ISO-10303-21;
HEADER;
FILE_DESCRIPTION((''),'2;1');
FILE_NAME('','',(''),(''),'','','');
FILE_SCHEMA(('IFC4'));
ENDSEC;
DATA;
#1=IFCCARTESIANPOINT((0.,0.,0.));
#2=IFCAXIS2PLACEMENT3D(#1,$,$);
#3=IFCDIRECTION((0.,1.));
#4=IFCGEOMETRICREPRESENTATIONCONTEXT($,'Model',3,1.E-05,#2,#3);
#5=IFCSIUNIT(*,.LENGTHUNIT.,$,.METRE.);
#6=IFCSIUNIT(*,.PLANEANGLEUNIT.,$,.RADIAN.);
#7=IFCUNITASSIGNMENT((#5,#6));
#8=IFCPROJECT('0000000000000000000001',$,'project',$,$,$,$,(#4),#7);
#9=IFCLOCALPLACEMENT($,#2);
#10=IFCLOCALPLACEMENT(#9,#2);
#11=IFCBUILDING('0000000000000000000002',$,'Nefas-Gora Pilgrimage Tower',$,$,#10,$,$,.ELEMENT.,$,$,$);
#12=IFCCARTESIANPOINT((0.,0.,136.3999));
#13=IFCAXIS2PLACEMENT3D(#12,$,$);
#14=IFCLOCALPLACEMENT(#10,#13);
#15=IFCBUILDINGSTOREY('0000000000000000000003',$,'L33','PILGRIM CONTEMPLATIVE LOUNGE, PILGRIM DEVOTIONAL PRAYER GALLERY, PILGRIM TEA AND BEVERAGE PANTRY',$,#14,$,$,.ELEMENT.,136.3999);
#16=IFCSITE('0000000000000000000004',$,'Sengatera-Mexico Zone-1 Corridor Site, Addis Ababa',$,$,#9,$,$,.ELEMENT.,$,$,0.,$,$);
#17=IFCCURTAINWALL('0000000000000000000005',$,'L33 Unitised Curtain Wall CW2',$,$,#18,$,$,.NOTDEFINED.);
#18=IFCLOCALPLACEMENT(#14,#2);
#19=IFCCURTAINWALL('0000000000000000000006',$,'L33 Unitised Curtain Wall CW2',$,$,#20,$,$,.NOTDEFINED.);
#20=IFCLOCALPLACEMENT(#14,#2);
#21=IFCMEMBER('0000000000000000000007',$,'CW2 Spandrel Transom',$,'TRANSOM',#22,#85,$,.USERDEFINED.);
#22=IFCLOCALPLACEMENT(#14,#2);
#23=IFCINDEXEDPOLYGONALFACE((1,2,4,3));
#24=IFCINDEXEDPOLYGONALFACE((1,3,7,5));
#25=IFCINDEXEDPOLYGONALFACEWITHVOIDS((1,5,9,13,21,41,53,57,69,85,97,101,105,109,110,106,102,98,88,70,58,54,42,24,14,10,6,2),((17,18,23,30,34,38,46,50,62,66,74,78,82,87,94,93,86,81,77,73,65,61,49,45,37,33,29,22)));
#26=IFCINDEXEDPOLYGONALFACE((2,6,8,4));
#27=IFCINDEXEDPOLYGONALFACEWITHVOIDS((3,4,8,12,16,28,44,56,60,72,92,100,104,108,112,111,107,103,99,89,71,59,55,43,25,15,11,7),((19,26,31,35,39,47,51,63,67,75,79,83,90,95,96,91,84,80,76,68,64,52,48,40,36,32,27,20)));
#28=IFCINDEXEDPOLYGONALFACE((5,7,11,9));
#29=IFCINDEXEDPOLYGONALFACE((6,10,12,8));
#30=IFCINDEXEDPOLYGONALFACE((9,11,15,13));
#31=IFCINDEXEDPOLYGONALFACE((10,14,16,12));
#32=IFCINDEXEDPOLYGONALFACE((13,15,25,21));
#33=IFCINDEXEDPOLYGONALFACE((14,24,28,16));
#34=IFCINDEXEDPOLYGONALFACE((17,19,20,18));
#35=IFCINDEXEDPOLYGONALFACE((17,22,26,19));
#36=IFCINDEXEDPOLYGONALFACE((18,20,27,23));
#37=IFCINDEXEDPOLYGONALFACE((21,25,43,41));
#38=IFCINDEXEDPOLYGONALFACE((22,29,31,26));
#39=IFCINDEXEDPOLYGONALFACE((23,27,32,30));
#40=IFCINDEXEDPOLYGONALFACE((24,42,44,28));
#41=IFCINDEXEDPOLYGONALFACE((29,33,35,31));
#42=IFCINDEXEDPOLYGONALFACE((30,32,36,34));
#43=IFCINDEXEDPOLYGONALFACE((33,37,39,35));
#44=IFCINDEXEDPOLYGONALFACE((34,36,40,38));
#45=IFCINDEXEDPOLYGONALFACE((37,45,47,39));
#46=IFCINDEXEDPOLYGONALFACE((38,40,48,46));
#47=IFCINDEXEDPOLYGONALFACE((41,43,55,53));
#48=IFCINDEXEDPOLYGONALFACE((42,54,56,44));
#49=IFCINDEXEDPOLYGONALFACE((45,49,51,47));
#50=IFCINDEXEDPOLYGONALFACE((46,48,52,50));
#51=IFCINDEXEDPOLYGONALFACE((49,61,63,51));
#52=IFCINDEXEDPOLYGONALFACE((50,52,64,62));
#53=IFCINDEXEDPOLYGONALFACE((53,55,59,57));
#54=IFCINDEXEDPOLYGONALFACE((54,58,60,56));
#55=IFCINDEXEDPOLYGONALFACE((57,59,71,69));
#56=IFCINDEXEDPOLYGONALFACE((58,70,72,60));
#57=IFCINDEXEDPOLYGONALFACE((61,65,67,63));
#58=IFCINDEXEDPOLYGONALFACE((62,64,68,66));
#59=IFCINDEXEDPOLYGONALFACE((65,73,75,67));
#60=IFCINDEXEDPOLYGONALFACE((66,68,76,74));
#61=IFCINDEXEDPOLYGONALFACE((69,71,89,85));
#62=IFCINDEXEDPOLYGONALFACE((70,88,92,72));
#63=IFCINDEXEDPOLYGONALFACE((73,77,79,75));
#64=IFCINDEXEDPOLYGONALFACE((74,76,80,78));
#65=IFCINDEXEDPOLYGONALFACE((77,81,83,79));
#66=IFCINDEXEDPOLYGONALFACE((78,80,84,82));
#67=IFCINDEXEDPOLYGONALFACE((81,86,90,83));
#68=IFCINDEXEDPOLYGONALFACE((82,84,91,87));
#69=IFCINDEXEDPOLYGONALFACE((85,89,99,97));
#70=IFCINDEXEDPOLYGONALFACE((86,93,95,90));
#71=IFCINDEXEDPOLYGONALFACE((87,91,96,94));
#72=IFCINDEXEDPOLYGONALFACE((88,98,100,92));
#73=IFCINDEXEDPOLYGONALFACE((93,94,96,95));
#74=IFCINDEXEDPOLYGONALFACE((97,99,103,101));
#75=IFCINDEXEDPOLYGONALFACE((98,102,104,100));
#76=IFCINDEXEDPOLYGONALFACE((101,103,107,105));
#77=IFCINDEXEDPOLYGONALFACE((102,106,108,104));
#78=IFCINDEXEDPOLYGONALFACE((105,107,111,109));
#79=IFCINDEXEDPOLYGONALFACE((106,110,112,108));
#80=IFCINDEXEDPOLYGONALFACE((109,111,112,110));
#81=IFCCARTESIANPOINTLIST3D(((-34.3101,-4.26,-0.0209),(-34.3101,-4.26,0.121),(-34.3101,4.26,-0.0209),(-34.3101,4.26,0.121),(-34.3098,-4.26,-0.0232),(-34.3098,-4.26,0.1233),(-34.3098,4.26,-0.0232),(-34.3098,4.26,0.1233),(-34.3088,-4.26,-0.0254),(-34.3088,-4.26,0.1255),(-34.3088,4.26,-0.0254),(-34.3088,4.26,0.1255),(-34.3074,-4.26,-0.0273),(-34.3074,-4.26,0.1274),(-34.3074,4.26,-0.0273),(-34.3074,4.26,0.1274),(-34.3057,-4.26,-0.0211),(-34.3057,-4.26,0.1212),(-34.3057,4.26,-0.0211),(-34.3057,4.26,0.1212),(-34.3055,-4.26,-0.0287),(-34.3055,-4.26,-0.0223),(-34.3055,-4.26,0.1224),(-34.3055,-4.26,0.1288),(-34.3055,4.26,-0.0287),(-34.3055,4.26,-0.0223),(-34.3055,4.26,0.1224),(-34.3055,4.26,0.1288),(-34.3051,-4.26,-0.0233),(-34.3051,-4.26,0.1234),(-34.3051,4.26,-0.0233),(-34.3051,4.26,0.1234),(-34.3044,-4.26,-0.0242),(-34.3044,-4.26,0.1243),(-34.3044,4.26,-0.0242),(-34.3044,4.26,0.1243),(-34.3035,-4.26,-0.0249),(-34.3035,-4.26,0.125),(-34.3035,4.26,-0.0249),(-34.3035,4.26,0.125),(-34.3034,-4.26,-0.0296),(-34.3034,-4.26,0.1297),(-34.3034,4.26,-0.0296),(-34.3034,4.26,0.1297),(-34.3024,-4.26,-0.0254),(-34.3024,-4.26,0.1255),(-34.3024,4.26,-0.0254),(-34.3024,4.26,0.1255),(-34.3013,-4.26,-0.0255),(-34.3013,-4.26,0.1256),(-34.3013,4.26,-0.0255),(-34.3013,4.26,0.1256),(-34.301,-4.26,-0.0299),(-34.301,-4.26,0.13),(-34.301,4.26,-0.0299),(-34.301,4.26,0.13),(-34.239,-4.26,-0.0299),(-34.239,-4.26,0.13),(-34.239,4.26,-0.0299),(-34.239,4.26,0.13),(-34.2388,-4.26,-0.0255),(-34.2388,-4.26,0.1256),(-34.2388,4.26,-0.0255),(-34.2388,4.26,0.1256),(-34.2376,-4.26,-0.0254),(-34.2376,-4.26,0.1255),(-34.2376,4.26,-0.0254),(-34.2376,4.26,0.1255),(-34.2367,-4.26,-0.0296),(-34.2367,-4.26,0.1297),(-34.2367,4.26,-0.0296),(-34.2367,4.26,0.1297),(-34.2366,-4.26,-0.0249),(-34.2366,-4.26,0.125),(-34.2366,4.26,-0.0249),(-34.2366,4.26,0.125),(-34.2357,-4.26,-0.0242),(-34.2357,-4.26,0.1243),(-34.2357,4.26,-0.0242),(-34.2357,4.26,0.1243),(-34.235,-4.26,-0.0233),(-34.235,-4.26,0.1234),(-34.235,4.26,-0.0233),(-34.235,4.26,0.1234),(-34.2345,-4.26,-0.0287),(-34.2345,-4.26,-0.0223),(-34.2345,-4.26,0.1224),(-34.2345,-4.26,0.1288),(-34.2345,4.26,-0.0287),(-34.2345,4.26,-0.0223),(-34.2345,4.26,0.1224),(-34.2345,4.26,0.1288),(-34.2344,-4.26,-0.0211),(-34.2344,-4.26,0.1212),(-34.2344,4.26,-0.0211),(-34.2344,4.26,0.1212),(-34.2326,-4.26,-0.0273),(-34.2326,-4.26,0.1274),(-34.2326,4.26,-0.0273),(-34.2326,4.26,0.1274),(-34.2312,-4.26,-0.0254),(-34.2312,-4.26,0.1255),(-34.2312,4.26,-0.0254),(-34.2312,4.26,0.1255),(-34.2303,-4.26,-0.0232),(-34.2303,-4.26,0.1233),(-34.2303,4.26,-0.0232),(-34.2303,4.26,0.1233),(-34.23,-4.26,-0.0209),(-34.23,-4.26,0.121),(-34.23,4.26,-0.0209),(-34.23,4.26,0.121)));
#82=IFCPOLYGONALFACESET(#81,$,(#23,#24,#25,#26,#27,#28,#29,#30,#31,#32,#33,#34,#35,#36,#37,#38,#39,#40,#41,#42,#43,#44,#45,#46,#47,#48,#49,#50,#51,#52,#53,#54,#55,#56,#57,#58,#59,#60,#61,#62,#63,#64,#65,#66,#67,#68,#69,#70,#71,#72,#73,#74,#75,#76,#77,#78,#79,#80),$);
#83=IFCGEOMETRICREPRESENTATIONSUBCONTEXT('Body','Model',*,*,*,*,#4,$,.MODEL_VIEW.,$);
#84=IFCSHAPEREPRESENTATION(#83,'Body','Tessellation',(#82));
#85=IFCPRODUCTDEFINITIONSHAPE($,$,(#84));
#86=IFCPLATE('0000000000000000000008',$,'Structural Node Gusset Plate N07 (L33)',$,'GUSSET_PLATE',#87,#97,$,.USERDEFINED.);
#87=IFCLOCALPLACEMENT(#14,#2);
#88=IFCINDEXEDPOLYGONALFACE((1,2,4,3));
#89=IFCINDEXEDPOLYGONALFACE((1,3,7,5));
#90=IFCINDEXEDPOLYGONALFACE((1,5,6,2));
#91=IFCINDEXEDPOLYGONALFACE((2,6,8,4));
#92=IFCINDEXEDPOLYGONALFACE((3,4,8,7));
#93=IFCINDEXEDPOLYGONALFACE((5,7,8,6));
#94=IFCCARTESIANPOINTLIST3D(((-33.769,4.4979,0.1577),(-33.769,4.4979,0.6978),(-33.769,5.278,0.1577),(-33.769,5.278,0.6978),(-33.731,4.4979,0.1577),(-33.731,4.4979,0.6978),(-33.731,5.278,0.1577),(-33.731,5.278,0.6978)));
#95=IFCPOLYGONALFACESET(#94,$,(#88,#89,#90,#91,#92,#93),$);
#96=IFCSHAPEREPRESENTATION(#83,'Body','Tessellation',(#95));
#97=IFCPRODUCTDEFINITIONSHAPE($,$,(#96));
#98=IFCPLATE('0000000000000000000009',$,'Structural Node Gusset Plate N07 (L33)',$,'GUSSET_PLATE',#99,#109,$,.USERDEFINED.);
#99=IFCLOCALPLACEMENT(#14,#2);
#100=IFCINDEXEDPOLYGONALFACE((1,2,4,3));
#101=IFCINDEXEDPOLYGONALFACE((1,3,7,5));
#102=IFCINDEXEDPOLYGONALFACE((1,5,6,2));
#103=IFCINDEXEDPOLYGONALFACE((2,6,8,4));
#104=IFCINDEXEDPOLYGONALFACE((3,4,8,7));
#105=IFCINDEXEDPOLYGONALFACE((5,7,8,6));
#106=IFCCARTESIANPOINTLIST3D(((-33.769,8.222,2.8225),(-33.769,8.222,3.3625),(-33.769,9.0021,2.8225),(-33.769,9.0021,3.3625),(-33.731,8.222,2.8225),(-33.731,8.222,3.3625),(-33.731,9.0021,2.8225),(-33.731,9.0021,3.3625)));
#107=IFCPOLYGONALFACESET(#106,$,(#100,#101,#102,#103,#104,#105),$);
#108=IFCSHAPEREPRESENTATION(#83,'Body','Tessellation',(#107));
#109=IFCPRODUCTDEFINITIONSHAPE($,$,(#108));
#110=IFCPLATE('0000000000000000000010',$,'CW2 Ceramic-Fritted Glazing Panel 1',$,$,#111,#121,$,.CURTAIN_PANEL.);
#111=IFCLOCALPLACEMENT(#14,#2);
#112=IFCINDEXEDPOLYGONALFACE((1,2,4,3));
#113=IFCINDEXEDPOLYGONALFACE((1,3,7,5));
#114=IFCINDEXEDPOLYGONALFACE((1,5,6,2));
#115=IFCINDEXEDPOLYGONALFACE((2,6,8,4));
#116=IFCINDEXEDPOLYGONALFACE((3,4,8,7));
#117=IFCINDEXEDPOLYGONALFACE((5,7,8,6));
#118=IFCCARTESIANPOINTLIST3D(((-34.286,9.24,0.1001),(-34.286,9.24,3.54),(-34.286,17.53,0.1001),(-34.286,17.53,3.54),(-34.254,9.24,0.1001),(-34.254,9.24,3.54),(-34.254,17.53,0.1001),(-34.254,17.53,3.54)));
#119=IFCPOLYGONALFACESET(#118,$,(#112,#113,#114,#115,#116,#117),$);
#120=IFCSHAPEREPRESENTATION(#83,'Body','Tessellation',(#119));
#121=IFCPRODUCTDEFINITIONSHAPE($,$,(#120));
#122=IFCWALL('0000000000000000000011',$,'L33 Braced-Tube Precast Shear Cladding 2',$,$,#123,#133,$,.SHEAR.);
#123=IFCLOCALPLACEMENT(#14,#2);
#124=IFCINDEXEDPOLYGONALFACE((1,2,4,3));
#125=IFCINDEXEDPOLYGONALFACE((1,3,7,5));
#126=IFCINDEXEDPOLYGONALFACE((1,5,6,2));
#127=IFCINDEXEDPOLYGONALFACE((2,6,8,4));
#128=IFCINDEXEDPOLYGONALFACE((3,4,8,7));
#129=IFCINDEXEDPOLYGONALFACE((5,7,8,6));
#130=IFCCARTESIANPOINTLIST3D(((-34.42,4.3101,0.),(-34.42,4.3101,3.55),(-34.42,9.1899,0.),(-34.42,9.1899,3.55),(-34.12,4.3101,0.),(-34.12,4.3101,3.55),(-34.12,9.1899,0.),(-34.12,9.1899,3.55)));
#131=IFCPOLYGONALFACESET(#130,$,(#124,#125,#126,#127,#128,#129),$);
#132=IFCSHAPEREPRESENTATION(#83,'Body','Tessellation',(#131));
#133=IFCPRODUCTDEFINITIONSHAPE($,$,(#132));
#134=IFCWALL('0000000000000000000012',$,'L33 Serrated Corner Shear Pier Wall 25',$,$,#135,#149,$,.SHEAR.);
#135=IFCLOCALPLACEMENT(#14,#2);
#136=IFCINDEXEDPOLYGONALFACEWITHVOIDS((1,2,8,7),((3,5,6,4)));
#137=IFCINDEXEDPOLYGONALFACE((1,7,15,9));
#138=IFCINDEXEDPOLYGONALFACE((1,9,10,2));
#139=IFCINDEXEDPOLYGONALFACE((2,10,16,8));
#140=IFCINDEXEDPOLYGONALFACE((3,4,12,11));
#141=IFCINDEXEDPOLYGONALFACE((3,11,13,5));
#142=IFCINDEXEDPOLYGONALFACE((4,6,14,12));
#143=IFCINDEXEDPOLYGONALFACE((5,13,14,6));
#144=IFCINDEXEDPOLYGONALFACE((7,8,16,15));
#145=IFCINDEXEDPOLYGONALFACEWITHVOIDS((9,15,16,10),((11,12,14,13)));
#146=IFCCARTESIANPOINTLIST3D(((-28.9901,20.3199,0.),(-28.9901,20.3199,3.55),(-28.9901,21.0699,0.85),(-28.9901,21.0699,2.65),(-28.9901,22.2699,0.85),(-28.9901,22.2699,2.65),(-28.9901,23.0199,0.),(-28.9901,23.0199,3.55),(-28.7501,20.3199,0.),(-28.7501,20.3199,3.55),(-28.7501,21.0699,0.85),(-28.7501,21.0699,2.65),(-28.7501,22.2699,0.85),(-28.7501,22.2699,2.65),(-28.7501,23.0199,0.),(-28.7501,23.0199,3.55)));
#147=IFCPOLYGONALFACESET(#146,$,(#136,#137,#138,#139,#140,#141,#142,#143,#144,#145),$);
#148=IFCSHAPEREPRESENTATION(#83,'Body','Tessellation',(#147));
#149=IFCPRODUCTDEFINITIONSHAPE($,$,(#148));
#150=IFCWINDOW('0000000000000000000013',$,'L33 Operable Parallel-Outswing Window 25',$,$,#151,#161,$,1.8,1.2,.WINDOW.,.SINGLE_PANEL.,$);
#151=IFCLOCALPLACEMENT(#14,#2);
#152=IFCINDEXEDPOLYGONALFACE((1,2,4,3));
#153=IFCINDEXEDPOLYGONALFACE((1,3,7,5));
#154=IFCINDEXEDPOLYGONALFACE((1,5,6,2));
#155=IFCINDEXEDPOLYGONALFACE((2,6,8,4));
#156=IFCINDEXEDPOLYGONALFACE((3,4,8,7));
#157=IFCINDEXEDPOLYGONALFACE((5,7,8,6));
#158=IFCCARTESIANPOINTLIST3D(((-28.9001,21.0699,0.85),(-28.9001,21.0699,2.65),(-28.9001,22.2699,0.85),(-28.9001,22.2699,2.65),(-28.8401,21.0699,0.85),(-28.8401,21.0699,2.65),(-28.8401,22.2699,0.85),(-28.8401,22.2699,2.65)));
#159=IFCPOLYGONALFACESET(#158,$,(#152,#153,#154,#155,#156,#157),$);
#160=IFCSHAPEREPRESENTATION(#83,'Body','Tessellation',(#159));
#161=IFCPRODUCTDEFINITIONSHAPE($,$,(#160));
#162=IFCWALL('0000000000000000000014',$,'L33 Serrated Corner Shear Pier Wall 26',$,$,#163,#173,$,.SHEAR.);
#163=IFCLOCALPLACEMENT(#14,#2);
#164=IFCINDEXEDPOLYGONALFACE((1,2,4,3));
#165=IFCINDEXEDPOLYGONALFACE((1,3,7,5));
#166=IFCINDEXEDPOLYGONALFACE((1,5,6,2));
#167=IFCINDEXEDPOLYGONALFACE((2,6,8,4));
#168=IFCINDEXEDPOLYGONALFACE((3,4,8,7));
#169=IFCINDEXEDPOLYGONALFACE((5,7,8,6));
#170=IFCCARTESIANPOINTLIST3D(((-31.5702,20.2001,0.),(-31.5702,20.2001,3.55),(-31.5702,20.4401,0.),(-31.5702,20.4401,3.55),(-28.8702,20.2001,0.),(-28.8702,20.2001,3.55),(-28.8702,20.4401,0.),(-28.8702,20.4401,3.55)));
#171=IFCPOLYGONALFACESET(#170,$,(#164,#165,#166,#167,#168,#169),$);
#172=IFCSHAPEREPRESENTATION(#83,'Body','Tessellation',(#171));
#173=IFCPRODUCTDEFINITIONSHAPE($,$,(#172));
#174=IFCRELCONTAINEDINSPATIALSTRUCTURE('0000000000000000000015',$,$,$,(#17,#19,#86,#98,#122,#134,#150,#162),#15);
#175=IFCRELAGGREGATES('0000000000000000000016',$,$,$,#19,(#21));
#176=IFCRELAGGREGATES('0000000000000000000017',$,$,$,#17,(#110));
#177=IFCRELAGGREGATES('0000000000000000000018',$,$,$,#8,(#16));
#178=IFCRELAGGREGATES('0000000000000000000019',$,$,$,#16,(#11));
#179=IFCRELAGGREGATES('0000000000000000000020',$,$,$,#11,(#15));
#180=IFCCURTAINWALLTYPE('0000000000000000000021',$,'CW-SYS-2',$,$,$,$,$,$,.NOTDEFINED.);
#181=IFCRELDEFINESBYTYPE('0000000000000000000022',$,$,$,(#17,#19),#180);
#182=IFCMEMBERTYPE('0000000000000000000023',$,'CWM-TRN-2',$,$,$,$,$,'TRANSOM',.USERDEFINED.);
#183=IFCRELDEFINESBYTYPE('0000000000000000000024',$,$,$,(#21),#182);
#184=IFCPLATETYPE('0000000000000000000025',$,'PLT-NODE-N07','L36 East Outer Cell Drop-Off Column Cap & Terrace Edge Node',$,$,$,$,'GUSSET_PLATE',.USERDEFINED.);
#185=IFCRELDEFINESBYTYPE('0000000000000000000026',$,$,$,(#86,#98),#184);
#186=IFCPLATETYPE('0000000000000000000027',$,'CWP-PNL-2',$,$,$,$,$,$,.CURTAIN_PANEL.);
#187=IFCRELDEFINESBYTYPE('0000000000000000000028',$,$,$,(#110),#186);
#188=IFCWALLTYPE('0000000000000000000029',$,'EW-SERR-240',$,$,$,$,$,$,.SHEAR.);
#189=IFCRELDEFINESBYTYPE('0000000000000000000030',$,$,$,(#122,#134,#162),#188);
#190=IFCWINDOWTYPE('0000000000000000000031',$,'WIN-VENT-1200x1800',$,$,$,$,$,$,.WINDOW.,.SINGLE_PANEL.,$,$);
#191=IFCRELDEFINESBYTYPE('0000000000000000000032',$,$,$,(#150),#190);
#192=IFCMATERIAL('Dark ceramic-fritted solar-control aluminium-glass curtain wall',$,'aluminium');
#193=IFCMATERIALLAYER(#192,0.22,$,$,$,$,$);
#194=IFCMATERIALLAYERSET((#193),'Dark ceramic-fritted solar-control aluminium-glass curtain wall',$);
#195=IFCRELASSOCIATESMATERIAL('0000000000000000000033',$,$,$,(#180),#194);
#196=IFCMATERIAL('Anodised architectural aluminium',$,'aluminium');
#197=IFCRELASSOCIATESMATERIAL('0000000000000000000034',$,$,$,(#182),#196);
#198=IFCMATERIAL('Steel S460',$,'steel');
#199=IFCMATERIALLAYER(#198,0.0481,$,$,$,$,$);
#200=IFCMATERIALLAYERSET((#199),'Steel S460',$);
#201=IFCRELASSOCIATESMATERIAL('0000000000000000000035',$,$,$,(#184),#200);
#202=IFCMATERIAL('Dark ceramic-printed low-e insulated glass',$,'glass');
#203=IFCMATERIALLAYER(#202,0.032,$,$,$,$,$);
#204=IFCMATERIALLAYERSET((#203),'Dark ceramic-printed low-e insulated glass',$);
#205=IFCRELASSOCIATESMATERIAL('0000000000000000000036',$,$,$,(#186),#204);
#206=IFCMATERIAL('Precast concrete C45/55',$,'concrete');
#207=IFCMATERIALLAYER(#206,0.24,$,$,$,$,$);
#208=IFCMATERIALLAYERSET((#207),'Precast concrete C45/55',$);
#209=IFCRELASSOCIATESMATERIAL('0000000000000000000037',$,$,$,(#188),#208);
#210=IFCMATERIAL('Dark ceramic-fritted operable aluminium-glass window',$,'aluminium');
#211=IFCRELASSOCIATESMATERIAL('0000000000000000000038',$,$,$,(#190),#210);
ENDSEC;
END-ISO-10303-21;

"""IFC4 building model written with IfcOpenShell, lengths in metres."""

from ifc_helpers import new_model, si_unit, direction, frame, frame_2d, origin, origin_2d, place, context, subcontext, project, spatial, rectangle, hollow_rectangle, extrude, source, transform, mapped, material, layer, layer_set, material_profile, profile_set, type_object, element, fill, aggregate, save


model = new_model("IFC4")

# Units and contexts
model_context = context("Model", 3, precision=1e-05, world=origin(), true_north=direction((0.0, 1.0)))
body_context = subcontext(model_context, "Body", "Model", "MODEL_VIEW")
ifc_project = project(units=[si_unit("LENGTHUNIT", "METRE"), si_unit("PLANEANGLEUNIT", "RADIAN")], contexts=[model_context])

# Site, building, storey
site_placement = place(None, origin())
site = spatial("IfcSite", under=ifc_project, at=site_placement, Name="Sengatera-Mexico Zone-1 Corridor Site, Addis Ababa", CompositionType="ELEMENT", RefElevation=0.0)
building_placement = place(site_placement, origin())
building = spatial("IfcBuilding", under=site, at=building_placement, Name="Nefas-Gora Pilgrimage Tower", CompositionType="ELEMENT")
storey_placement = place(building_placement, frame((0.0, 0.0, 136.3999)))
storey = spatial("IfcBuildingStorey", under=building, at=storey_placement, Name="L33", Description="PILGRIM CONTEMPLATIVE LOUNGE, PILGRIM DEVOTIONAL PRAYER GALLERY, PILGRIM TEA AND BEVERAGE PANTRY", CompositionType="ELEMENT", Elevation=136.3999)

# Shared definitions
ifc_material_1 = material(Name="Steel S460", Category="steel")

# Shared definitions
ifc_material_2 = material(Name="Dark ceramic-fritted solar-control aluminium-glass curtain wall", Category="aluminium")
ifc_layer_1 = layer(ifc_material_2, 0.22)
ifc_layer_set_1 = layer_set([ifc_layer_1], Name="Dark ceramic-fritted solar-control aluminium-glass curtain wall")
curtain_wall_type = type_object("IfcCurtainWallType", Name="CW-SYS-2", PredefinedType="NOTDEFINED", material=ifc_layer_set_1)
ifc_material_3 = material(Name="Anodised architectural aluminium", Category="aluminium")

# Curtain wall
curtain_wall_1_placement = place(storey_placement, origin())
curtain_wall_1 = element("IfcCurtainWall", 1, at=curtain_wall_1_placement, inside=storey, type_object=curtain_wall_type, Name="L33 Unitised Curtain Wall CW2", PredefinedType="NOTDEFINED")

# Curtain wall
curtain_wall_2_placement = place(storey_placement, origin())
curtain_wall_2 = element("IfcCurtainWall", 2, at=curtain_wall_2_placement, inside=storey, type_object=curtain_wall_type, Name="L33 Unitised Curtain Wall CW2", PredefinedType="NOTDEFINED")

# Member
ifc_material_profile_1 = material_profile(ifc_material_3, hollow_rectangle(XDim=0.0801, YDim=0.1599, WallThickness=0.0044, InnerFilletRadius=0.0044, OuterFilletRadius=0.009, at=origin_2d()), Name="ALU TRANSOM 80x160")
ifc_profile_set_1 = profile_set([ifc_material_profile_1], Name="Anodised architectural aluminium")
member_type_1 = type_object("IfcMemberType", Name="CWM-TRN-2", ElementType="TRANSOM", PredefinedType="USERDEFINED", material=ifc_profile_set_1)
shared_shape_1 = source(origin(), body_context, "Body", "SweptSolid", [
    extrude(hollow_rectangle(XDim=0.0801, YDim=0.1599, WallThickness=0.0044, InnerFilletRadius=0.0044, OuterFilletRadius=0.009, at=origin_2d()), origin(), (0.0, 0.0, 1.0), 8.52),
])
member_1_placement = place(storey_placement, frame((-34.27, 4.26, 0.05), z_axis=(0.0, -1.0, 0.0), x_axis=(1.0, 0.0, 0.0)))
member_1 = element("IfcMember", 3, at=member_1_placement, type_object=member_type_1, Name="CW2 Spandrel Transom", ObjectType="TRANSOM", PredefinedType="USERDEFINED", context=body_context, shape_type="MappedRepresentation", body=[
    mapped(shared_shape_1, transform((0.0, 0.0, 0.0), x_axis=(1.0, 0.0, 0.0), y_axis=(0.0, 1.0, 0.0), z_axis=(0.0, 0.0, 1.0), scale=1.0)),
])
aggregate(curtain_wall_2, [member_1])

# Plates
ifc_layer_2 = layer(ifc_material_1, 0.0481)
ifc_layer_set_2 = layer_set([ifc_layer_2], Name="Steel S460")
plate_type_1 = type_object("IfcPlateType", Name="PLT-NODE-N07", Description="L36 East Outer Cell Drop-Off Column Cap & Terrace Edge Node", ElementType="GUSSET_PLATE", PredefinedType="USERDEFINED", material=ifc_layer_set_2)
shared_shape_2 = source(origin(), body_context, "Body", "SweptSolid", [
    extrude(rectangle(XDim=0.78, YDim=0.0381, at=origin_2d()), origin(), (0.0, 0.0, 1.0), 0.54),
])
for number, where, z_axis, x_axis, name in (
    (4, (-33.75, 4.8879, 0.1577), (0.0, 0.0, 1.0), (0.0, 1.0, 0.0), "Structural Node Gusset Plate N07 (L33)"),
    (5, (-33.75, 8.6121, 2.8225), (0.0, 0.0, 1.0), (0.0, 1.0, 0.0), "Structural Node Gusset Plate N07 (L33)"),
):
    element("IfcPlate", number, at=place(storey_placement, frame(where, z_axis=z_axis, x_axis=x_axis)), inside=storey, type_object=plate_type_1, Name=name, ObjectType="GUSSET_PLATE", PredefinedType="USERDEFINED", context=body_context, shape_type="MappedRepresentation", body=[
        mapped(shared_shape_2, transform((0.0, 0.0, 0.0), x_axis=(1.0, 0.0, 0.0), y_axis=(0.0, 1.0, 0.0), z_axis=(0.0, 0.0, 1.0), scale=1.0)),
    ])

# Plate
ifc_material_4 = material(Name="Dark ceramic-printed low-e insulated glass", Category="glass")
ifc_layer_3 = layer(ifc_material_4, 0.032)
ifc_layer_set_3 = layer_set([ifc_layer_3], Name="Dark ceramic-printed low-e insulated glass")
plate_type_2 = type_object("IfcPlateType", Name="CWP-PNL-2", PredefinedType="CURTAIN_PANEL", material=ifc_layer_set_3)
shared_shape_3 = source(origin(), body_context, "Body", "SweptSolid", [
    extrude(rectangle(XDim=8.29, YDim=0.032, at=origin_2d()), origin(), (0.0, 0.0, 1.0), 3.4399),
])
plate_placement = place(storey_placement, frame((-34.27, 13.385, 0.1001), z_axis=(0.0, 0.0, 1.0), x_axis=(0.0, -1.0, 0.0)))
plate = element("IfcPlate", 6, at=plate_placement, type_object=plate_type_2, Name="CW2 Ceramic-Fritted Glazing Panel 1", PredefinedType="CURTAIN_PANEL", context=body_context, shape_type="MappedRepresentation", body=[
    mapped(shared_shape_3, transform((0.0, 0.0, 0.0), x_axis=(1.0, 0.0, 0.0), y_axis=(0.0, 1.0, 0.0), z_axis=(0.0, 0.0, 1.0), scale=1.0)),
])
aggregate(curtain_wall_1, [plate])

# Wall
ifc_material_5 = material(Name="Precast concrete C45/55", Category="concrete")
ifc_layer_4 = layer(ifc_material_5, 0.24)
ifc_layer_set_4 = layer_set([ifc_layer_4], Name="Precast concrete C45/55")
wall_type_1 = type_object("IfcWallType", Name="EW-SERR-240", PredefinedType="SHEAR", material=ifc_layer_set_4)
shared_shape_4 = source(origin(), body_context, "Body", "SweptSolid", [
    extrude(rectangle(XDim=4.8799, YDim=0.3, at=frame_2d((2.4399, 0.0))), origin(), (0.0, 0.0, 1.0), 3.55),
])
wall_1_placement = place(storey_placement, frame((-34.27, 4.3101, 0.0), z_axis=(0.0, 0.0, 1.0), x_axis=(0.0, 1.0, 0.0)))
element("IfcWall", 7, at=wall_1_placement, inside=storey, type_object=wall_type_1, Name="L33 Braced-Tube Precast Shear Cladding 2", PredefinedType="SHEAR", context=body_context, shape_type="MappedRepresentation", body=[
    mapped(shared_shape_4, transform((0.0, 0.0, 0.0), x_axis=(1.0, 0.0, 0.0), y_axis=(0.0, 1.0, 0.0), z_axis=(0.0, 0.0, 1.0), scale=1.0)),
])

# Wall, opening, window
shared_shape_5 = source(origin(), body_context, "Body", "SweptSolid", [
    extrude(rectangle(XDim=2.7, YDim=0.24, at=frame_2d((1.3501, 0.0))), origin(), (0.0, 0.0, 1.0), 3.55),
])
wall_2_placement = place(storey_placement, frame((-28.8701, 23.02, 0.0), z_axis=(0.0, 0.0, 1.0), x_axis=(0.0, -1.0, 0.0)))
wall_2 = element("IfcWall", 8, at=wall_2_placement, inside=storey, type_object=wall_type_1, Name="L33 Serrated Corner Shear Pier Wall 25", PredefinedType="SHEAR", context=body_context, shape_type="MappedRepresentation", body=[
    mapped(shared_shape_5, transform((0.0, 0.0, 0.0), x_axis=(1.0, 0.0, 0.0), y_axis=(0.0, 1.0, 0.0), z_axis=(0.0, 0.0, 1.0), scale=1.0)),
])
opening_placement = place(wall_2_placement, frame((0.75, 0.0, 0.8501)))
opening = element("IfcOpeningElement", 9, at=opening_placement, cuts=wall_2, PredefinedType="OPENING", context=body_context, shape_type="SweptSolid", body=[
    extrude(rectangle(XDim=1.2, YDim=1.8, at=frame_2d((0.6001, 0.8999))), frame((0.0, 0.1299, 0.0), z_axis=(0.0, -1.0, 0.0), x_axis=(1.0, 0.0, 0.0)), (0.0, 0.0, 1.0), 0.26),
])
ifc_material_6 = material(Name="Dark ceramic-fritted operable aluminium-glass window", Category="aluminium")
window_type = type_object("IfcWindowType", Name="WIN-VENT-1200x1800", PartitioningType="SINGLE_PANEL", PredefinedType="WINDOW", material=ifc_material_6)
shared_shape_6 = source(origin(), body_context, "Body", "SweptSolid", [
    extrude(rectangle(XDim=1.2, YDim=1.8, at=frame_2d((0.6001, 0.8999))), frame((0.0, 0.03, 0.0), z_axis=(0.0, -1.0, 0.0), x_axis=(1.0, 0.0, 0.0)), (0.0, 0.0, 1.0), 0.0601),
])
window_placement = place(opening_placement, origin())
window = element("IfcWindow", 10, at=window_placement, inside=storey, type_object=window_type, Name="L33 Operable Parallel-Outswing Window 25", OverallHeight=1.8, OverallWidth=1.2, PartitioningType="SINGLE_PANEL", PredefinedType="WINDOW", context=body_context, shape_type="MappedRepresentation", body=[
    mapped(shared_shape_6, transform((0.0, 0.0, 0.0), x_axis=(1.0, 0.0, 0.0), y_axis=(0.0, 1.0, 0.0), z_axis=(0.0, 0.0, 1.0), scale=1.0)),
])
fill(opening, window)

# Wall
for number, where, z_axis, x_axis, name in (
    (11, (-28.8701, 20.3201, 0.0), (0.0, 0.0, 1.0), (-1.0, 0.0, 0.0), "L33 Serrated Corner Shear Pier Wall 26"),
):
    element("IfcWall", number, at=place(storey_placement, frame(where, z_axis=z_axis, x_axis=x_axis)), inside=storey, type_object=wall_type_1, Name=name, PredefinedType="SHEAR", context=body_context, shape_type="MappedRepresentation", body=[
        mapped(shared_shape_5, transform((0.0, 0.0, 0.0), x_axis=(1.0, 0.0, 0.0), y_axis=(0.0, 1.0, 0.0), z_axis=(0.0, 0.0, 1.0), scale=1.0)),
    ])

save(model, "model.ifc")
